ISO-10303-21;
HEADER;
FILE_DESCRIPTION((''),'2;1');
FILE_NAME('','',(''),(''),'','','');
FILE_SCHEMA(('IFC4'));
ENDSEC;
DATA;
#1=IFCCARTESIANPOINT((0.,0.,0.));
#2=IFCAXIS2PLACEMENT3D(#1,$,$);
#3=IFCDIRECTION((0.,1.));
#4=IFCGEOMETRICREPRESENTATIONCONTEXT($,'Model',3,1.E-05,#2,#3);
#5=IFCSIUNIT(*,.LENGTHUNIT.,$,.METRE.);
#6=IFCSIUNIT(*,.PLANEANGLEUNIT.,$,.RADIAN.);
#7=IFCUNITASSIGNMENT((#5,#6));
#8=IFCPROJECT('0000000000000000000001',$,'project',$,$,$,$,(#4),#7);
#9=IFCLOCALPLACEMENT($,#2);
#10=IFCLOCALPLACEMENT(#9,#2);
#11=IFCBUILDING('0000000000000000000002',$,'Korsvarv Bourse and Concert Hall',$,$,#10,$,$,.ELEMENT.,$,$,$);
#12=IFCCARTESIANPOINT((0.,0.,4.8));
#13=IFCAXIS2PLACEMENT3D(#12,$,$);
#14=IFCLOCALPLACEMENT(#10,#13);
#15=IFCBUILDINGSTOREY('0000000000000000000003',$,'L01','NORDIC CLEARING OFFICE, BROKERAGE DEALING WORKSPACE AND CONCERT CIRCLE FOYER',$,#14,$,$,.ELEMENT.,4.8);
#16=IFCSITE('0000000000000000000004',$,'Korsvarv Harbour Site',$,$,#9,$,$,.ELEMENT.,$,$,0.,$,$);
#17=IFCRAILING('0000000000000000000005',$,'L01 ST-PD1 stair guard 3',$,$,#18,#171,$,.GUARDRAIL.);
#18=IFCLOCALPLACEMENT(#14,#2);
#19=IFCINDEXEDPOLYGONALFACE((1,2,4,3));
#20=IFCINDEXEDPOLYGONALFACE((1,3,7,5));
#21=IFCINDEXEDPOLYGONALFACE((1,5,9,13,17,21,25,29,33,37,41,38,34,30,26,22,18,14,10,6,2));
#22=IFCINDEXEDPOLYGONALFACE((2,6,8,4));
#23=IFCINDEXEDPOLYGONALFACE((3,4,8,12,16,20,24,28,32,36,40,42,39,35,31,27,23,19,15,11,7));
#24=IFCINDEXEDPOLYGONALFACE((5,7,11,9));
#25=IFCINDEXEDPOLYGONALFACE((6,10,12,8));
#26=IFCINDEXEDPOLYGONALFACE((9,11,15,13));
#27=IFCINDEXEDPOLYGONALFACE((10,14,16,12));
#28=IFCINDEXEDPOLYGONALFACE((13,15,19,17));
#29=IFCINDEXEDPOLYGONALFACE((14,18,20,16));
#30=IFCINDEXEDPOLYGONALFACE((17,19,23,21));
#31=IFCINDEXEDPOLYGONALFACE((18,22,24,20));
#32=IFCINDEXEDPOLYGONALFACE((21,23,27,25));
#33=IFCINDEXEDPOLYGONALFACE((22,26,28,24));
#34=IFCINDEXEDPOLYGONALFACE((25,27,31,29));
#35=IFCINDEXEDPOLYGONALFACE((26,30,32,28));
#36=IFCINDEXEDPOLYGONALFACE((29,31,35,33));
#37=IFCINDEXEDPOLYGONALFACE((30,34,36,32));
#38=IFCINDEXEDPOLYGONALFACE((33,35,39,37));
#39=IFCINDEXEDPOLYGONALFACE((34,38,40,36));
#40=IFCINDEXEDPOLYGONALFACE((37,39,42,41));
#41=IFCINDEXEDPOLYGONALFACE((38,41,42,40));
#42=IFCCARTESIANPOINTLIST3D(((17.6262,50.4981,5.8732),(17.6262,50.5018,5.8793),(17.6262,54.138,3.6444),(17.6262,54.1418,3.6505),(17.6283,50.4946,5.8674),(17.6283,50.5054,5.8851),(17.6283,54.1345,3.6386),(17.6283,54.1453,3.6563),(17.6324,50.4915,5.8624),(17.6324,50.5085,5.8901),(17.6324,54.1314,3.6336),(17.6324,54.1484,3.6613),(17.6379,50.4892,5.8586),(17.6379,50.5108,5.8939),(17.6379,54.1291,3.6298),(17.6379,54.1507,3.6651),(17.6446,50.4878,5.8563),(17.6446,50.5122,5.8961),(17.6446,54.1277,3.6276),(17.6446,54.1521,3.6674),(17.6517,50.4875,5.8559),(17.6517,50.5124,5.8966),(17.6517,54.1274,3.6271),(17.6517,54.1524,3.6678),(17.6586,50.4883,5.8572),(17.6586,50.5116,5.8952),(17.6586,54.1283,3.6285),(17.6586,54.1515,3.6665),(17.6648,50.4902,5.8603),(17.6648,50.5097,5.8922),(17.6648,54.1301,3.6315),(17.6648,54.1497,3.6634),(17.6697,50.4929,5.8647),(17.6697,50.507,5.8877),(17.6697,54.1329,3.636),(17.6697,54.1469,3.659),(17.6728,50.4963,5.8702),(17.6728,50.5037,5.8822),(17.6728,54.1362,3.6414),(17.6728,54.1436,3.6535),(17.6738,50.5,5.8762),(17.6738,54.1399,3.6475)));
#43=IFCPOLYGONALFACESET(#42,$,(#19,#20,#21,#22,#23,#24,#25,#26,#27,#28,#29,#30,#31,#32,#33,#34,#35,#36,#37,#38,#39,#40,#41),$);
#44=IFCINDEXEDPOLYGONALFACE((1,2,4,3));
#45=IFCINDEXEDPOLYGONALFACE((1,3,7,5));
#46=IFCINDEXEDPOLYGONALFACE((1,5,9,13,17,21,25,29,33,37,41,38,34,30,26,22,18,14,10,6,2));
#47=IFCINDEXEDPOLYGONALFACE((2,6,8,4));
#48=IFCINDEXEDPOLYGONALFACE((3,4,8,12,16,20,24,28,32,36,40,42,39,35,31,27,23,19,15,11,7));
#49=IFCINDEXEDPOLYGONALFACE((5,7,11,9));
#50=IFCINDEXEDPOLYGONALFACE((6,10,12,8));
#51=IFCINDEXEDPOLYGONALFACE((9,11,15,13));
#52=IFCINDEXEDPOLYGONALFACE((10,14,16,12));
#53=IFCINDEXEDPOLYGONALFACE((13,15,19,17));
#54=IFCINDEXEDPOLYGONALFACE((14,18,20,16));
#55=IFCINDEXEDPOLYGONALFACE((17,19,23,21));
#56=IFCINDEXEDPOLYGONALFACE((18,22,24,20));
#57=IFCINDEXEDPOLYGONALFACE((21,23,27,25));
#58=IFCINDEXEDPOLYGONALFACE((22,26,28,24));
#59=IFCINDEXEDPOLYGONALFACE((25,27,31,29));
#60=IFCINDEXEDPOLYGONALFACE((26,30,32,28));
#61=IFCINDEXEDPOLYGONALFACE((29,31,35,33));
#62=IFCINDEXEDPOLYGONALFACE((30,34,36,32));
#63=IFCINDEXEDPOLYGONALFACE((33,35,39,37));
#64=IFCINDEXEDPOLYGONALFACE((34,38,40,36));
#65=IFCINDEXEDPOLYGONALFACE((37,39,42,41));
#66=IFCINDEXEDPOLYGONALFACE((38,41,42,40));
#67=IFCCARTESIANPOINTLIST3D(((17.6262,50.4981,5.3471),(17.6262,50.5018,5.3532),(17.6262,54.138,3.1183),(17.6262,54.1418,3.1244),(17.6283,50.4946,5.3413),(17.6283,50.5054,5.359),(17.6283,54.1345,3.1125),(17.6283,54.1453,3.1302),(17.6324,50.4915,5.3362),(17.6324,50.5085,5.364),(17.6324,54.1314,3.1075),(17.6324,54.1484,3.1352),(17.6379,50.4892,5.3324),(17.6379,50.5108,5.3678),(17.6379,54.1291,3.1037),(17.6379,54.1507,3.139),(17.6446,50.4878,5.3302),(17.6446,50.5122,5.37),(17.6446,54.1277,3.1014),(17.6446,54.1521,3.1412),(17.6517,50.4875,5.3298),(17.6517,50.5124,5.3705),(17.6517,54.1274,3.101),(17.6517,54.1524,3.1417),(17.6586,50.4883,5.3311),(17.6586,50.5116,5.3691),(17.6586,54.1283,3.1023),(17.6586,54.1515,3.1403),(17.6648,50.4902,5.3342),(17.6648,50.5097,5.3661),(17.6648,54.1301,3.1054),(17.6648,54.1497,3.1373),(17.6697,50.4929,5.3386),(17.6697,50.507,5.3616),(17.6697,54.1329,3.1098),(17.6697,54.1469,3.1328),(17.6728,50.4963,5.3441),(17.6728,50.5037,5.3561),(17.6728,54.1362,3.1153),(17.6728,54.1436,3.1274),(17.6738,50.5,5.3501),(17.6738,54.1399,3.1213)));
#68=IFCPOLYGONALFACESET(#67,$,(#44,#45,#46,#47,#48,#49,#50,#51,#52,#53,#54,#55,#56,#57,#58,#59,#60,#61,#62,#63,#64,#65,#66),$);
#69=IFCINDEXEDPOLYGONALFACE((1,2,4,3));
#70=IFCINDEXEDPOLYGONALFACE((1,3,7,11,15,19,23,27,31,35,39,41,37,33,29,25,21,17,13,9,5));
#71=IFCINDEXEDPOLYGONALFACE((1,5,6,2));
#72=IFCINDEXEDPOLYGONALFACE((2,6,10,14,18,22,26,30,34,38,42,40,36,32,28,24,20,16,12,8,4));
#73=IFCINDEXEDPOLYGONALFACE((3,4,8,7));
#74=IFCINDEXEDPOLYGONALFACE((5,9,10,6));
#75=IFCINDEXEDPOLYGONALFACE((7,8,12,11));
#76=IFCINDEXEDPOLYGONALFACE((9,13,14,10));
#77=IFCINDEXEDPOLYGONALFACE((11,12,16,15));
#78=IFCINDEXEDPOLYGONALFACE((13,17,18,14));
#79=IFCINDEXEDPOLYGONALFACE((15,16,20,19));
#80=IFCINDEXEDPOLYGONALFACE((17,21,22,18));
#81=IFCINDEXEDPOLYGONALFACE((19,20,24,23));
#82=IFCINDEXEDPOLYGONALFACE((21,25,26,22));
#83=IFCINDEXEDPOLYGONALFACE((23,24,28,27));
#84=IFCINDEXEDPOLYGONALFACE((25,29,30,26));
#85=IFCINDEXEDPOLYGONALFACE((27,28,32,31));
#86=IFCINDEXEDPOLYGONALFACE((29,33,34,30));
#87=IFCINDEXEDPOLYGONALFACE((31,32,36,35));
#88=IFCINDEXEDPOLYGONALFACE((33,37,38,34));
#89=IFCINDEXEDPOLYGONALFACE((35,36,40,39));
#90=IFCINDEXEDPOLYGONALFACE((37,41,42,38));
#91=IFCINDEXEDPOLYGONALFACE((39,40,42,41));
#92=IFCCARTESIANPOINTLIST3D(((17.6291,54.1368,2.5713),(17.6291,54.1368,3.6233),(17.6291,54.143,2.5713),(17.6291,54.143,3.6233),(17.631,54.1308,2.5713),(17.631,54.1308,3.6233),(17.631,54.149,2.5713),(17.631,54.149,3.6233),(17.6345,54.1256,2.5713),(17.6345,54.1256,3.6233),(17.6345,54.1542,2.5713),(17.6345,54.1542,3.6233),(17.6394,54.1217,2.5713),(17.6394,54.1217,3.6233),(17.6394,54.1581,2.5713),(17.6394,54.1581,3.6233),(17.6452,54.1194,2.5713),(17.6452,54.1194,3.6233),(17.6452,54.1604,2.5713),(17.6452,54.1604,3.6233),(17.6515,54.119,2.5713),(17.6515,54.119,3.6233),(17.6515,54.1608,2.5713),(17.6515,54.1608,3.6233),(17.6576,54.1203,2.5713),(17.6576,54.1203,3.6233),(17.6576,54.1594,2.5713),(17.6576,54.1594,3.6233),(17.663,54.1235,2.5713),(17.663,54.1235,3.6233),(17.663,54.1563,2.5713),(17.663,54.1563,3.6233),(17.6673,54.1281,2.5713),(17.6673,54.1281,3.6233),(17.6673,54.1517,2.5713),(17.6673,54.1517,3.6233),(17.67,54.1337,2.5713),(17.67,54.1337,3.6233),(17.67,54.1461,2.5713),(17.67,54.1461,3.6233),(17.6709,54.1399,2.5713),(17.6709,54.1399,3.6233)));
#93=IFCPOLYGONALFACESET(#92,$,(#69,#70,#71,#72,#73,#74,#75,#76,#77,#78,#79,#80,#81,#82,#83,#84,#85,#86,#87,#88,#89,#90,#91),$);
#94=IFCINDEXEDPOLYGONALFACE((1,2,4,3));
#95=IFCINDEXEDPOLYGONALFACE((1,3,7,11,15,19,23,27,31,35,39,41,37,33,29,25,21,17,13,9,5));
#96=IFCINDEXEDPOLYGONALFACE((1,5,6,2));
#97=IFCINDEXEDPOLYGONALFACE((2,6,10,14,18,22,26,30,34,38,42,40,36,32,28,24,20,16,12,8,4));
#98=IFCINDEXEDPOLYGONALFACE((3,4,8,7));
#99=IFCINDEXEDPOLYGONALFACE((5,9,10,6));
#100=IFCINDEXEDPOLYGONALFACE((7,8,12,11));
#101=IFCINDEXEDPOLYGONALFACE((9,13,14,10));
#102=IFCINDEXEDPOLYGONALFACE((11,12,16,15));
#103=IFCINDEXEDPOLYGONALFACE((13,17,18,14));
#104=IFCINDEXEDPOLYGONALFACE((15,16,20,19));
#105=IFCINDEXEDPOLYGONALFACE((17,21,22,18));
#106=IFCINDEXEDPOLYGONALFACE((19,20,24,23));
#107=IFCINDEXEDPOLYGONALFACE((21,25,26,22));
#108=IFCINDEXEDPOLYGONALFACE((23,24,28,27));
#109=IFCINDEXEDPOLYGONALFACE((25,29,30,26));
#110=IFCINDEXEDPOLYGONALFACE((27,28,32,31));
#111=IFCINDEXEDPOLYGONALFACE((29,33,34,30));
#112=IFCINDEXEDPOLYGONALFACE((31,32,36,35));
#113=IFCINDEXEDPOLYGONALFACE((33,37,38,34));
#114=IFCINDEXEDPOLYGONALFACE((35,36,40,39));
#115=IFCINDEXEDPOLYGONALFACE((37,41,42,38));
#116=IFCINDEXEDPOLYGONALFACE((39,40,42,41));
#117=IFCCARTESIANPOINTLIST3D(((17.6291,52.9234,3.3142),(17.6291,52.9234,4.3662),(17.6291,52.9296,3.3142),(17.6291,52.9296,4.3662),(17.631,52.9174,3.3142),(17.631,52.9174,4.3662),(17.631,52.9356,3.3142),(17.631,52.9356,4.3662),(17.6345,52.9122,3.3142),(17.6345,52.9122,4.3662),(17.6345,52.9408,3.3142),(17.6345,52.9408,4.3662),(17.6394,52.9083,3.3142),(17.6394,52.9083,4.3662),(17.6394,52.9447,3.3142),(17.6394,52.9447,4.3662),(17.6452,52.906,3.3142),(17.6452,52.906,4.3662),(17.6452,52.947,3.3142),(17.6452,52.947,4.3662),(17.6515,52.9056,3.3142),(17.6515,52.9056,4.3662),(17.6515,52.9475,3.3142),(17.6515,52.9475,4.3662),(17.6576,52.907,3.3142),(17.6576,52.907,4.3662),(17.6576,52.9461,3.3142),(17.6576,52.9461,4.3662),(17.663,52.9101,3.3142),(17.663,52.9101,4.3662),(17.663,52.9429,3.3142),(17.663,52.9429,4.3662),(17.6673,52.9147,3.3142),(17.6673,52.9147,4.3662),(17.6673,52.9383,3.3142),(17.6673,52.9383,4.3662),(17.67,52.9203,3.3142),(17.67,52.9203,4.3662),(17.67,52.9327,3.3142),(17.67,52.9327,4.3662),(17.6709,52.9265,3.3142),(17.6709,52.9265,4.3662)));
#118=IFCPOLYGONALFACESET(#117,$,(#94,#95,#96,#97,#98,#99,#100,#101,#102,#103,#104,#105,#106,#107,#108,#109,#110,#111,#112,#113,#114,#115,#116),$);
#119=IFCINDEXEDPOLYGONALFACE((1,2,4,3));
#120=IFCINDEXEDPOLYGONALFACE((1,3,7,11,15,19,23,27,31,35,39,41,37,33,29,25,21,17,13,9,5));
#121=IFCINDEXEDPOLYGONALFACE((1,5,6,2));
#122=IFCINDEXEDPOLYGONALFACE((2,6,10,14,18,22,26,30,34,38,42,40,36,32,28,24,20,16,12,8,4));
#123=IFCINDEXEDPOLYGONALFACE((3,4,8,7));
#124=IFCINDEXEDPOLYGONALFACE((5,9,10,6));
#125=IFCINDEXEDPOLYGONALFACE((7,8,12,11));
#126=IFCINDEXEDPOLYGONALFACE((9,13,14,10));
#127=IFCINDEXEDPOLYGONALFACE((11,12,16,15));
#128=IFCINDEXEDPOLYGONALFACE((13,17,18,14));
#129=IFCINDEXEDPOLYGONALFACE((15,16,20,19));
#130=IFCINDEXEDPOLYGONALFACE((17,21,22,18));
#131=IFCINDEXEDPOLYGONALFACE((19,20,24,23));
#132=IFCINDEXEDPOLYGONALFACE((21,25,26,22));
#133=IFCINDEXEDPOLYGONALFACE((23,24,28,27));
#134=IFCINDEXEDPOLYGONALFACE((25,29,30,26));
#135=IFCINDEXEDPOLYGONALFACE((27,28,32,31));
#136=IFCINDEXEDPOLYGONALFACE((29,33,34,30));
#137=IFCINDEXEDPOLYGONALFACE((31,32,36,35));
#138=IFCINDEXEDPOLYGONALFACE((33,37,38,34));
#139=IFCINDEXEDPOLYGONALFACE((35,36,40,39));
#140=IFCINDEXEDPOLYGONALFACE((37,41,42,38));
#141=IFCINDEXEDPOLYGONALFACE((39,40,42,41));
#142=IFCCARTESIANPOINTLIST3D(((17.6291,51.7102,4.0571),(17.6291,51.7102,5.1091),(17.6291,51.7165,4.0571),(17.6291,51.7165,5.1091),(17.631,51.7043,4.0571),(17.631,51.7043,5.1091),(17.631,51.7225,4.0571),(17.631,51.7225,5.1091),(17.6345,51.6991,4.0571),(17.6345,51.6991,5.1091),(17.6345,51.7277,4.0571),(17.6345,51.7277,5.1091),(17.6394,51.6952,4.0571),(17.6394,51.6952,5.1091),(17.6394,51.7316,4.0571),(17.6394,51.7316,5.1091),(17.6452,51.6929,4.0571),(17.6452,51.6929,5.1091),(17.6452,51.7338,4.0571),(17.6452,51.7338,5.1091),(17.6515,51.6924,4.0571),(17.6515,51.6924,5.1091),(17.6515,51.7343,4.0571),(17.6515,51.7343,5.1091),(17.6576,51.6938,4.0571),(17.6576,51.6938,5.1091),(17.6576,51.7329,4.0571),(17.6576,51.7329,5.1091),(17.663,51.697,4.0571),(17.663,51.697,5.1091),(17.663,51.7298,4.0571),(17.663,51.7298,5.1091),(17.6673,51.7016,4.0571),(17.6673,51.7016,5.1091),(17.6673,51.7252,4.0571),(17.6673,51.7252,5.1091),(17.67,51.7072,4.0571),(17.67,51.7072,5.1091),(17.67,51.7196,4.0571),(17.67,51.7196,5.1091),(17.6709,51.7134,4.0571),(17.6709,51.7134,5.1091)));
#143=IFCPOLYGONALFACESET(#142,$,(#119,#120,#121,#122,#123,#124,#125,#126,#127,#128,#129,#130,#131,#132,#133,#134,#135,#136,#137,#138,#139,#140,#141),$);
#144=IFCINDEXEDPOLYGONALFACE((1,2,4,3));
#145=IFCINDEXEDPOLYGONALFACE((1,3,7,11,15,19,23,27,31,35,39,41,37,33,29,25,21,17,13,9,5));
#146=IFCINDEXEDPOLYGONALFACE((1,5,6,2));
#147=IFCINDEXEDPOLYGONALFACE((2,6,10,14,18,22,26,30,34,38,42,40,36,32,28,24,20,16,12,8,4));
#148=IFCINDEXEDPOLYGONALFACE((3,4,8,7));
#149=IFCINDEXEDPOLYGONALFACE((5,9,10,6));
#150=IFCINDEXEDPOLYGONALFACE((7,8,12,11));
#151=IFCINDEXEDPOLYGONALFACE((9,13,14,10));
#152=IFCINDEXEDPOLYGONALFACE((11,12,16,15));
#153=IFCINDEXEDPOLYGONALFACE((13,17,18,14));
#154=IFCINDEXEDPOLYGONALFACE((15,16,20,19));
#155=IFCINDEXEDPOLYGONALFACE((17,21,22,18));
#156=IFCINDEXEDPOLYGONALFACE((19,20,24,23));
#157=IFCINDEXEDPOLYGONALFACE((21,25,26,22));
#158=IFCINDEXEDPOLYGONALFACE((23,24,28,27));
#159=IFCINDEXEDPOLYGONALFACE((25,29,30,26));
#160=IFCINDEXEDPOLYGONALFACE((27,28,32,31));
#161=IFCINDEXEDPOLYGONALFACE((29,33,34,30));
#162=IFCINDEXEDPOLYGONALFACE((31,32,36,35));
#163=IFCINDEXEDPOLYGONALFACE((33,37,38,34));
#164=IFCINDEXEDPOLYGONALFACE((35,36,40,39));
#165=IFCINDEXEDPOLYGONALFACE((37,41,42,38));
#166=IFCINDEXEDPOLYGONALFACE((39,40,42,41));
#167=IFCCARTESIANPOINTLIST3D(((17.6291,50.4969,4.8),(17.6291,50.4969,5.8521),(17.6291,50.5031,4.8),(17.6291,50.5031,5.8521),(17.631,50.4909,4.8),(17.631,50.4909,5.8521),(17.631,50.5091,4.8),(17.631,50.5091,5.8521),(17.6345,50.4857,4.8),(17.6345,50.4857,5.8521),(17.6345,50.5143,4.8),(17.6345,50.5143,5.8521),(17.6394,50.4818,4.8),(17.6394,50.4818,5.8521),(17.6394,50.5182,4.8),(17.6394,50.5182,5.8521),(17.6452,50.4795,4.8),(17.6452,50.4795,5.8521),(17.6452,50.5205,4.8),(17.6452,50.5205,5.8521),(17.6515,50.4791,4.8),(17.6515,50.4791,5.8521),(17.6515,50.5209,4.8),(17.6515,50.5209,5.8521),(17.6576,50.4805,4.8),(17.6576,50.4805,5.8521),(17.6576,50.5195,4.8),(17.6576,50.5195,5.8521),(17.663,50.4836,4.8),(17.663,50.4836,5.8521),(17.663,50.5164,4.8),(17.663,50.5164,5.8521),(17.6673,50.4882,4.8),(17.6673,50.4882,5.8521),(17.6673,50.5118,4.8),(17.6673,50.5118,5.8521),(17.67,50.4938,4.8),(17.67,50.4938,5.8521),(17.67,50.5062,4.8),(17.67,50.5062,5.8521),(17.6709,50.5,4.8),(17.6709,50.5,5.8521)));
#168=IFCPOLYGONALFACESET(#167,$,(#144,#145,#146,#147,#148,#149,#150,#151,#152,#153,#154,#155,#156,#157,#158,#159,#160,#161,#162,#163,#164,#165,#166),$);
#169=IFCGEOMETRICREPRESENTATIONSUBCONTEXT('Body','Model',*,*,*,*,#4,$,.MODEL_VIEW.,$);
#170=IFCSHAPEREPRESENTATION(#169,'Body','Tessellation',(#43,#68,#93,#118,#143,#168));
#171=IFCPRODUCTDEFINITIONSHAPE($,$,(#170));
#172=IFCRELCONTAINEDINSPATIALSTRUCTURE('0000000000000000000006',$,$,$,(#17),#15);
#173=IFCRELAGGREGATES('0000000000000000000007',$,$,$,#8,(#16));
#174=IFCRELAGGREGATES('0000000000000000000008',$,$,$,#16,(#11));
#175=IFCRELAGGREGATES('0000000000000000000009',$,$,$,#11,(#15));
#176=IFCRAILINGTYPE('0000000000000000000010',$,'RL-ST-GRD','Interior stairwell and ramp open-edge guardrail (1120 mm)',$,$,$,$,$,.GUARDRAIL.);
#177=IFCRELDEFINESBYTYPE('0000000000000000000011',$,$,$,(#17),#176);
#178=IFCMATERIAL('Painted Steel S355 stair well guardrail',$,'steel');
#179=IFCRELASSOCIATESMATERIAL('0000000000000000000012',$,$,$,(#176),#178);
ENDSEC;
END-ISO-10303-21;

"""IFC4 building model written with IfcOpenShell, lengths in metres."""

from ifc_helpers import new_model, si_unit, direction, frame, origin, origin_2d, place, context, subcontext, project, spatial, circle, extrude, material, type_object, element, save


model = new_model("IFC4")

# Units and contexts
model_context = context("Model", 3, precision=1e-05, world=origin(), true_north=direction((0.0, 1.0)))
body_context = subcontext(model_context, "Body", "Model", "MODEL_VIEW")
ifc_project = project(units=[si_unit("LENGTHUNIT", "METRE"), si_unit("PLANEANGLEUNIT", "RADIAN")], contexts=[model_context])

# Site, building, storey
site_placement = place(None, origin())
site = spatial("IfcSite", under=ifc_project, at=site_placement, Name="Korsvarv Harbour Site", CompositionType="ELEMENT", RefElevation=0.0)
building_placement = place(site_placement, origin())
building = spatial("IfcBuilding", under=site, at=building_placement, Name="Korsvarv Bourse and Concert Hall", CompositionType="ELEMENT")
storey_placement = place(building_placement, frame((0.0, 0.0, 4.8)))
storey = spatial("IfcBuildingStorey", under=building, at=storey_placement, Name="L01", Description="NORDIC CLEARING OFFICE, BROKERAGE DEALING WORKSPACE AND CONCERT CIRCLE FOYER", CompositionType="ELEMENT", Elevation=4.8)

# Railing
ifc_material_1 = material(Name="Painted Steel S355 stair well guardrail", Category="steel")
railing_type_1 = type_object("IfcRailingType", Name="RL-ST-GRD", Description="Interior stairwell and ramp open-edge guardrail (1120 mm)", PredefinedType="GUARDRAIL", material=ifc_material_1)
railing_1_placement = place(storey_placement, frame((17.6499, 54.1399, 2.5713)))
element("IfcRailing", 1, at=railing_1_placement, inside=storey, type_object=railing_type_1, Name="L01 ST-PD1 stair guard 3", PredefinedType="GUARDRAIL", context=body_context, shape_type="SweptSolid", body=[
    extrude(circle(Radius=0.0239, at=origin_2d()), frame((0.0, 0.0, 1.0762), z_axis=(0.0, -0.852825, 0.522197), x_axis=(1.0, 0.0, 0.0)), (0.0, 0.0, 1.0), 4.2681),
    extrude(circle(Radius=0.0239, at=origin_2d()), frame((0.0, 0.0, 0.55), z_axis=(0.0, -0.852825, 0.522197), x_axis=(1.0, 0.0, 0.0)), (0.0, 0.0, 1.0), 4.2681),
    extrude(circle(Radius=0.021, at=origin_2d()), origin(), (0.0, 0.0, 1.0), 1.052),
    extrude(circle(Radius=0.021, at=origin_2d()), frame((0.0, -1.2134, 0.7429)), (0.0, 0.0, 1.0), 1.052),
    extrude(circle(Radius=0.021, at=origin_2d()), frame((0.0, -2.4265, 1.4858)), (0.0, 0.0, 1.0), 1.052),
    extrude(circle(Radius=0.021, at=origin_2d()), frame((0.0, -3.6399, 2.2288)), (0.0, 0.0, 1.0), 1.052),
])

save(model, "model.ifc")
